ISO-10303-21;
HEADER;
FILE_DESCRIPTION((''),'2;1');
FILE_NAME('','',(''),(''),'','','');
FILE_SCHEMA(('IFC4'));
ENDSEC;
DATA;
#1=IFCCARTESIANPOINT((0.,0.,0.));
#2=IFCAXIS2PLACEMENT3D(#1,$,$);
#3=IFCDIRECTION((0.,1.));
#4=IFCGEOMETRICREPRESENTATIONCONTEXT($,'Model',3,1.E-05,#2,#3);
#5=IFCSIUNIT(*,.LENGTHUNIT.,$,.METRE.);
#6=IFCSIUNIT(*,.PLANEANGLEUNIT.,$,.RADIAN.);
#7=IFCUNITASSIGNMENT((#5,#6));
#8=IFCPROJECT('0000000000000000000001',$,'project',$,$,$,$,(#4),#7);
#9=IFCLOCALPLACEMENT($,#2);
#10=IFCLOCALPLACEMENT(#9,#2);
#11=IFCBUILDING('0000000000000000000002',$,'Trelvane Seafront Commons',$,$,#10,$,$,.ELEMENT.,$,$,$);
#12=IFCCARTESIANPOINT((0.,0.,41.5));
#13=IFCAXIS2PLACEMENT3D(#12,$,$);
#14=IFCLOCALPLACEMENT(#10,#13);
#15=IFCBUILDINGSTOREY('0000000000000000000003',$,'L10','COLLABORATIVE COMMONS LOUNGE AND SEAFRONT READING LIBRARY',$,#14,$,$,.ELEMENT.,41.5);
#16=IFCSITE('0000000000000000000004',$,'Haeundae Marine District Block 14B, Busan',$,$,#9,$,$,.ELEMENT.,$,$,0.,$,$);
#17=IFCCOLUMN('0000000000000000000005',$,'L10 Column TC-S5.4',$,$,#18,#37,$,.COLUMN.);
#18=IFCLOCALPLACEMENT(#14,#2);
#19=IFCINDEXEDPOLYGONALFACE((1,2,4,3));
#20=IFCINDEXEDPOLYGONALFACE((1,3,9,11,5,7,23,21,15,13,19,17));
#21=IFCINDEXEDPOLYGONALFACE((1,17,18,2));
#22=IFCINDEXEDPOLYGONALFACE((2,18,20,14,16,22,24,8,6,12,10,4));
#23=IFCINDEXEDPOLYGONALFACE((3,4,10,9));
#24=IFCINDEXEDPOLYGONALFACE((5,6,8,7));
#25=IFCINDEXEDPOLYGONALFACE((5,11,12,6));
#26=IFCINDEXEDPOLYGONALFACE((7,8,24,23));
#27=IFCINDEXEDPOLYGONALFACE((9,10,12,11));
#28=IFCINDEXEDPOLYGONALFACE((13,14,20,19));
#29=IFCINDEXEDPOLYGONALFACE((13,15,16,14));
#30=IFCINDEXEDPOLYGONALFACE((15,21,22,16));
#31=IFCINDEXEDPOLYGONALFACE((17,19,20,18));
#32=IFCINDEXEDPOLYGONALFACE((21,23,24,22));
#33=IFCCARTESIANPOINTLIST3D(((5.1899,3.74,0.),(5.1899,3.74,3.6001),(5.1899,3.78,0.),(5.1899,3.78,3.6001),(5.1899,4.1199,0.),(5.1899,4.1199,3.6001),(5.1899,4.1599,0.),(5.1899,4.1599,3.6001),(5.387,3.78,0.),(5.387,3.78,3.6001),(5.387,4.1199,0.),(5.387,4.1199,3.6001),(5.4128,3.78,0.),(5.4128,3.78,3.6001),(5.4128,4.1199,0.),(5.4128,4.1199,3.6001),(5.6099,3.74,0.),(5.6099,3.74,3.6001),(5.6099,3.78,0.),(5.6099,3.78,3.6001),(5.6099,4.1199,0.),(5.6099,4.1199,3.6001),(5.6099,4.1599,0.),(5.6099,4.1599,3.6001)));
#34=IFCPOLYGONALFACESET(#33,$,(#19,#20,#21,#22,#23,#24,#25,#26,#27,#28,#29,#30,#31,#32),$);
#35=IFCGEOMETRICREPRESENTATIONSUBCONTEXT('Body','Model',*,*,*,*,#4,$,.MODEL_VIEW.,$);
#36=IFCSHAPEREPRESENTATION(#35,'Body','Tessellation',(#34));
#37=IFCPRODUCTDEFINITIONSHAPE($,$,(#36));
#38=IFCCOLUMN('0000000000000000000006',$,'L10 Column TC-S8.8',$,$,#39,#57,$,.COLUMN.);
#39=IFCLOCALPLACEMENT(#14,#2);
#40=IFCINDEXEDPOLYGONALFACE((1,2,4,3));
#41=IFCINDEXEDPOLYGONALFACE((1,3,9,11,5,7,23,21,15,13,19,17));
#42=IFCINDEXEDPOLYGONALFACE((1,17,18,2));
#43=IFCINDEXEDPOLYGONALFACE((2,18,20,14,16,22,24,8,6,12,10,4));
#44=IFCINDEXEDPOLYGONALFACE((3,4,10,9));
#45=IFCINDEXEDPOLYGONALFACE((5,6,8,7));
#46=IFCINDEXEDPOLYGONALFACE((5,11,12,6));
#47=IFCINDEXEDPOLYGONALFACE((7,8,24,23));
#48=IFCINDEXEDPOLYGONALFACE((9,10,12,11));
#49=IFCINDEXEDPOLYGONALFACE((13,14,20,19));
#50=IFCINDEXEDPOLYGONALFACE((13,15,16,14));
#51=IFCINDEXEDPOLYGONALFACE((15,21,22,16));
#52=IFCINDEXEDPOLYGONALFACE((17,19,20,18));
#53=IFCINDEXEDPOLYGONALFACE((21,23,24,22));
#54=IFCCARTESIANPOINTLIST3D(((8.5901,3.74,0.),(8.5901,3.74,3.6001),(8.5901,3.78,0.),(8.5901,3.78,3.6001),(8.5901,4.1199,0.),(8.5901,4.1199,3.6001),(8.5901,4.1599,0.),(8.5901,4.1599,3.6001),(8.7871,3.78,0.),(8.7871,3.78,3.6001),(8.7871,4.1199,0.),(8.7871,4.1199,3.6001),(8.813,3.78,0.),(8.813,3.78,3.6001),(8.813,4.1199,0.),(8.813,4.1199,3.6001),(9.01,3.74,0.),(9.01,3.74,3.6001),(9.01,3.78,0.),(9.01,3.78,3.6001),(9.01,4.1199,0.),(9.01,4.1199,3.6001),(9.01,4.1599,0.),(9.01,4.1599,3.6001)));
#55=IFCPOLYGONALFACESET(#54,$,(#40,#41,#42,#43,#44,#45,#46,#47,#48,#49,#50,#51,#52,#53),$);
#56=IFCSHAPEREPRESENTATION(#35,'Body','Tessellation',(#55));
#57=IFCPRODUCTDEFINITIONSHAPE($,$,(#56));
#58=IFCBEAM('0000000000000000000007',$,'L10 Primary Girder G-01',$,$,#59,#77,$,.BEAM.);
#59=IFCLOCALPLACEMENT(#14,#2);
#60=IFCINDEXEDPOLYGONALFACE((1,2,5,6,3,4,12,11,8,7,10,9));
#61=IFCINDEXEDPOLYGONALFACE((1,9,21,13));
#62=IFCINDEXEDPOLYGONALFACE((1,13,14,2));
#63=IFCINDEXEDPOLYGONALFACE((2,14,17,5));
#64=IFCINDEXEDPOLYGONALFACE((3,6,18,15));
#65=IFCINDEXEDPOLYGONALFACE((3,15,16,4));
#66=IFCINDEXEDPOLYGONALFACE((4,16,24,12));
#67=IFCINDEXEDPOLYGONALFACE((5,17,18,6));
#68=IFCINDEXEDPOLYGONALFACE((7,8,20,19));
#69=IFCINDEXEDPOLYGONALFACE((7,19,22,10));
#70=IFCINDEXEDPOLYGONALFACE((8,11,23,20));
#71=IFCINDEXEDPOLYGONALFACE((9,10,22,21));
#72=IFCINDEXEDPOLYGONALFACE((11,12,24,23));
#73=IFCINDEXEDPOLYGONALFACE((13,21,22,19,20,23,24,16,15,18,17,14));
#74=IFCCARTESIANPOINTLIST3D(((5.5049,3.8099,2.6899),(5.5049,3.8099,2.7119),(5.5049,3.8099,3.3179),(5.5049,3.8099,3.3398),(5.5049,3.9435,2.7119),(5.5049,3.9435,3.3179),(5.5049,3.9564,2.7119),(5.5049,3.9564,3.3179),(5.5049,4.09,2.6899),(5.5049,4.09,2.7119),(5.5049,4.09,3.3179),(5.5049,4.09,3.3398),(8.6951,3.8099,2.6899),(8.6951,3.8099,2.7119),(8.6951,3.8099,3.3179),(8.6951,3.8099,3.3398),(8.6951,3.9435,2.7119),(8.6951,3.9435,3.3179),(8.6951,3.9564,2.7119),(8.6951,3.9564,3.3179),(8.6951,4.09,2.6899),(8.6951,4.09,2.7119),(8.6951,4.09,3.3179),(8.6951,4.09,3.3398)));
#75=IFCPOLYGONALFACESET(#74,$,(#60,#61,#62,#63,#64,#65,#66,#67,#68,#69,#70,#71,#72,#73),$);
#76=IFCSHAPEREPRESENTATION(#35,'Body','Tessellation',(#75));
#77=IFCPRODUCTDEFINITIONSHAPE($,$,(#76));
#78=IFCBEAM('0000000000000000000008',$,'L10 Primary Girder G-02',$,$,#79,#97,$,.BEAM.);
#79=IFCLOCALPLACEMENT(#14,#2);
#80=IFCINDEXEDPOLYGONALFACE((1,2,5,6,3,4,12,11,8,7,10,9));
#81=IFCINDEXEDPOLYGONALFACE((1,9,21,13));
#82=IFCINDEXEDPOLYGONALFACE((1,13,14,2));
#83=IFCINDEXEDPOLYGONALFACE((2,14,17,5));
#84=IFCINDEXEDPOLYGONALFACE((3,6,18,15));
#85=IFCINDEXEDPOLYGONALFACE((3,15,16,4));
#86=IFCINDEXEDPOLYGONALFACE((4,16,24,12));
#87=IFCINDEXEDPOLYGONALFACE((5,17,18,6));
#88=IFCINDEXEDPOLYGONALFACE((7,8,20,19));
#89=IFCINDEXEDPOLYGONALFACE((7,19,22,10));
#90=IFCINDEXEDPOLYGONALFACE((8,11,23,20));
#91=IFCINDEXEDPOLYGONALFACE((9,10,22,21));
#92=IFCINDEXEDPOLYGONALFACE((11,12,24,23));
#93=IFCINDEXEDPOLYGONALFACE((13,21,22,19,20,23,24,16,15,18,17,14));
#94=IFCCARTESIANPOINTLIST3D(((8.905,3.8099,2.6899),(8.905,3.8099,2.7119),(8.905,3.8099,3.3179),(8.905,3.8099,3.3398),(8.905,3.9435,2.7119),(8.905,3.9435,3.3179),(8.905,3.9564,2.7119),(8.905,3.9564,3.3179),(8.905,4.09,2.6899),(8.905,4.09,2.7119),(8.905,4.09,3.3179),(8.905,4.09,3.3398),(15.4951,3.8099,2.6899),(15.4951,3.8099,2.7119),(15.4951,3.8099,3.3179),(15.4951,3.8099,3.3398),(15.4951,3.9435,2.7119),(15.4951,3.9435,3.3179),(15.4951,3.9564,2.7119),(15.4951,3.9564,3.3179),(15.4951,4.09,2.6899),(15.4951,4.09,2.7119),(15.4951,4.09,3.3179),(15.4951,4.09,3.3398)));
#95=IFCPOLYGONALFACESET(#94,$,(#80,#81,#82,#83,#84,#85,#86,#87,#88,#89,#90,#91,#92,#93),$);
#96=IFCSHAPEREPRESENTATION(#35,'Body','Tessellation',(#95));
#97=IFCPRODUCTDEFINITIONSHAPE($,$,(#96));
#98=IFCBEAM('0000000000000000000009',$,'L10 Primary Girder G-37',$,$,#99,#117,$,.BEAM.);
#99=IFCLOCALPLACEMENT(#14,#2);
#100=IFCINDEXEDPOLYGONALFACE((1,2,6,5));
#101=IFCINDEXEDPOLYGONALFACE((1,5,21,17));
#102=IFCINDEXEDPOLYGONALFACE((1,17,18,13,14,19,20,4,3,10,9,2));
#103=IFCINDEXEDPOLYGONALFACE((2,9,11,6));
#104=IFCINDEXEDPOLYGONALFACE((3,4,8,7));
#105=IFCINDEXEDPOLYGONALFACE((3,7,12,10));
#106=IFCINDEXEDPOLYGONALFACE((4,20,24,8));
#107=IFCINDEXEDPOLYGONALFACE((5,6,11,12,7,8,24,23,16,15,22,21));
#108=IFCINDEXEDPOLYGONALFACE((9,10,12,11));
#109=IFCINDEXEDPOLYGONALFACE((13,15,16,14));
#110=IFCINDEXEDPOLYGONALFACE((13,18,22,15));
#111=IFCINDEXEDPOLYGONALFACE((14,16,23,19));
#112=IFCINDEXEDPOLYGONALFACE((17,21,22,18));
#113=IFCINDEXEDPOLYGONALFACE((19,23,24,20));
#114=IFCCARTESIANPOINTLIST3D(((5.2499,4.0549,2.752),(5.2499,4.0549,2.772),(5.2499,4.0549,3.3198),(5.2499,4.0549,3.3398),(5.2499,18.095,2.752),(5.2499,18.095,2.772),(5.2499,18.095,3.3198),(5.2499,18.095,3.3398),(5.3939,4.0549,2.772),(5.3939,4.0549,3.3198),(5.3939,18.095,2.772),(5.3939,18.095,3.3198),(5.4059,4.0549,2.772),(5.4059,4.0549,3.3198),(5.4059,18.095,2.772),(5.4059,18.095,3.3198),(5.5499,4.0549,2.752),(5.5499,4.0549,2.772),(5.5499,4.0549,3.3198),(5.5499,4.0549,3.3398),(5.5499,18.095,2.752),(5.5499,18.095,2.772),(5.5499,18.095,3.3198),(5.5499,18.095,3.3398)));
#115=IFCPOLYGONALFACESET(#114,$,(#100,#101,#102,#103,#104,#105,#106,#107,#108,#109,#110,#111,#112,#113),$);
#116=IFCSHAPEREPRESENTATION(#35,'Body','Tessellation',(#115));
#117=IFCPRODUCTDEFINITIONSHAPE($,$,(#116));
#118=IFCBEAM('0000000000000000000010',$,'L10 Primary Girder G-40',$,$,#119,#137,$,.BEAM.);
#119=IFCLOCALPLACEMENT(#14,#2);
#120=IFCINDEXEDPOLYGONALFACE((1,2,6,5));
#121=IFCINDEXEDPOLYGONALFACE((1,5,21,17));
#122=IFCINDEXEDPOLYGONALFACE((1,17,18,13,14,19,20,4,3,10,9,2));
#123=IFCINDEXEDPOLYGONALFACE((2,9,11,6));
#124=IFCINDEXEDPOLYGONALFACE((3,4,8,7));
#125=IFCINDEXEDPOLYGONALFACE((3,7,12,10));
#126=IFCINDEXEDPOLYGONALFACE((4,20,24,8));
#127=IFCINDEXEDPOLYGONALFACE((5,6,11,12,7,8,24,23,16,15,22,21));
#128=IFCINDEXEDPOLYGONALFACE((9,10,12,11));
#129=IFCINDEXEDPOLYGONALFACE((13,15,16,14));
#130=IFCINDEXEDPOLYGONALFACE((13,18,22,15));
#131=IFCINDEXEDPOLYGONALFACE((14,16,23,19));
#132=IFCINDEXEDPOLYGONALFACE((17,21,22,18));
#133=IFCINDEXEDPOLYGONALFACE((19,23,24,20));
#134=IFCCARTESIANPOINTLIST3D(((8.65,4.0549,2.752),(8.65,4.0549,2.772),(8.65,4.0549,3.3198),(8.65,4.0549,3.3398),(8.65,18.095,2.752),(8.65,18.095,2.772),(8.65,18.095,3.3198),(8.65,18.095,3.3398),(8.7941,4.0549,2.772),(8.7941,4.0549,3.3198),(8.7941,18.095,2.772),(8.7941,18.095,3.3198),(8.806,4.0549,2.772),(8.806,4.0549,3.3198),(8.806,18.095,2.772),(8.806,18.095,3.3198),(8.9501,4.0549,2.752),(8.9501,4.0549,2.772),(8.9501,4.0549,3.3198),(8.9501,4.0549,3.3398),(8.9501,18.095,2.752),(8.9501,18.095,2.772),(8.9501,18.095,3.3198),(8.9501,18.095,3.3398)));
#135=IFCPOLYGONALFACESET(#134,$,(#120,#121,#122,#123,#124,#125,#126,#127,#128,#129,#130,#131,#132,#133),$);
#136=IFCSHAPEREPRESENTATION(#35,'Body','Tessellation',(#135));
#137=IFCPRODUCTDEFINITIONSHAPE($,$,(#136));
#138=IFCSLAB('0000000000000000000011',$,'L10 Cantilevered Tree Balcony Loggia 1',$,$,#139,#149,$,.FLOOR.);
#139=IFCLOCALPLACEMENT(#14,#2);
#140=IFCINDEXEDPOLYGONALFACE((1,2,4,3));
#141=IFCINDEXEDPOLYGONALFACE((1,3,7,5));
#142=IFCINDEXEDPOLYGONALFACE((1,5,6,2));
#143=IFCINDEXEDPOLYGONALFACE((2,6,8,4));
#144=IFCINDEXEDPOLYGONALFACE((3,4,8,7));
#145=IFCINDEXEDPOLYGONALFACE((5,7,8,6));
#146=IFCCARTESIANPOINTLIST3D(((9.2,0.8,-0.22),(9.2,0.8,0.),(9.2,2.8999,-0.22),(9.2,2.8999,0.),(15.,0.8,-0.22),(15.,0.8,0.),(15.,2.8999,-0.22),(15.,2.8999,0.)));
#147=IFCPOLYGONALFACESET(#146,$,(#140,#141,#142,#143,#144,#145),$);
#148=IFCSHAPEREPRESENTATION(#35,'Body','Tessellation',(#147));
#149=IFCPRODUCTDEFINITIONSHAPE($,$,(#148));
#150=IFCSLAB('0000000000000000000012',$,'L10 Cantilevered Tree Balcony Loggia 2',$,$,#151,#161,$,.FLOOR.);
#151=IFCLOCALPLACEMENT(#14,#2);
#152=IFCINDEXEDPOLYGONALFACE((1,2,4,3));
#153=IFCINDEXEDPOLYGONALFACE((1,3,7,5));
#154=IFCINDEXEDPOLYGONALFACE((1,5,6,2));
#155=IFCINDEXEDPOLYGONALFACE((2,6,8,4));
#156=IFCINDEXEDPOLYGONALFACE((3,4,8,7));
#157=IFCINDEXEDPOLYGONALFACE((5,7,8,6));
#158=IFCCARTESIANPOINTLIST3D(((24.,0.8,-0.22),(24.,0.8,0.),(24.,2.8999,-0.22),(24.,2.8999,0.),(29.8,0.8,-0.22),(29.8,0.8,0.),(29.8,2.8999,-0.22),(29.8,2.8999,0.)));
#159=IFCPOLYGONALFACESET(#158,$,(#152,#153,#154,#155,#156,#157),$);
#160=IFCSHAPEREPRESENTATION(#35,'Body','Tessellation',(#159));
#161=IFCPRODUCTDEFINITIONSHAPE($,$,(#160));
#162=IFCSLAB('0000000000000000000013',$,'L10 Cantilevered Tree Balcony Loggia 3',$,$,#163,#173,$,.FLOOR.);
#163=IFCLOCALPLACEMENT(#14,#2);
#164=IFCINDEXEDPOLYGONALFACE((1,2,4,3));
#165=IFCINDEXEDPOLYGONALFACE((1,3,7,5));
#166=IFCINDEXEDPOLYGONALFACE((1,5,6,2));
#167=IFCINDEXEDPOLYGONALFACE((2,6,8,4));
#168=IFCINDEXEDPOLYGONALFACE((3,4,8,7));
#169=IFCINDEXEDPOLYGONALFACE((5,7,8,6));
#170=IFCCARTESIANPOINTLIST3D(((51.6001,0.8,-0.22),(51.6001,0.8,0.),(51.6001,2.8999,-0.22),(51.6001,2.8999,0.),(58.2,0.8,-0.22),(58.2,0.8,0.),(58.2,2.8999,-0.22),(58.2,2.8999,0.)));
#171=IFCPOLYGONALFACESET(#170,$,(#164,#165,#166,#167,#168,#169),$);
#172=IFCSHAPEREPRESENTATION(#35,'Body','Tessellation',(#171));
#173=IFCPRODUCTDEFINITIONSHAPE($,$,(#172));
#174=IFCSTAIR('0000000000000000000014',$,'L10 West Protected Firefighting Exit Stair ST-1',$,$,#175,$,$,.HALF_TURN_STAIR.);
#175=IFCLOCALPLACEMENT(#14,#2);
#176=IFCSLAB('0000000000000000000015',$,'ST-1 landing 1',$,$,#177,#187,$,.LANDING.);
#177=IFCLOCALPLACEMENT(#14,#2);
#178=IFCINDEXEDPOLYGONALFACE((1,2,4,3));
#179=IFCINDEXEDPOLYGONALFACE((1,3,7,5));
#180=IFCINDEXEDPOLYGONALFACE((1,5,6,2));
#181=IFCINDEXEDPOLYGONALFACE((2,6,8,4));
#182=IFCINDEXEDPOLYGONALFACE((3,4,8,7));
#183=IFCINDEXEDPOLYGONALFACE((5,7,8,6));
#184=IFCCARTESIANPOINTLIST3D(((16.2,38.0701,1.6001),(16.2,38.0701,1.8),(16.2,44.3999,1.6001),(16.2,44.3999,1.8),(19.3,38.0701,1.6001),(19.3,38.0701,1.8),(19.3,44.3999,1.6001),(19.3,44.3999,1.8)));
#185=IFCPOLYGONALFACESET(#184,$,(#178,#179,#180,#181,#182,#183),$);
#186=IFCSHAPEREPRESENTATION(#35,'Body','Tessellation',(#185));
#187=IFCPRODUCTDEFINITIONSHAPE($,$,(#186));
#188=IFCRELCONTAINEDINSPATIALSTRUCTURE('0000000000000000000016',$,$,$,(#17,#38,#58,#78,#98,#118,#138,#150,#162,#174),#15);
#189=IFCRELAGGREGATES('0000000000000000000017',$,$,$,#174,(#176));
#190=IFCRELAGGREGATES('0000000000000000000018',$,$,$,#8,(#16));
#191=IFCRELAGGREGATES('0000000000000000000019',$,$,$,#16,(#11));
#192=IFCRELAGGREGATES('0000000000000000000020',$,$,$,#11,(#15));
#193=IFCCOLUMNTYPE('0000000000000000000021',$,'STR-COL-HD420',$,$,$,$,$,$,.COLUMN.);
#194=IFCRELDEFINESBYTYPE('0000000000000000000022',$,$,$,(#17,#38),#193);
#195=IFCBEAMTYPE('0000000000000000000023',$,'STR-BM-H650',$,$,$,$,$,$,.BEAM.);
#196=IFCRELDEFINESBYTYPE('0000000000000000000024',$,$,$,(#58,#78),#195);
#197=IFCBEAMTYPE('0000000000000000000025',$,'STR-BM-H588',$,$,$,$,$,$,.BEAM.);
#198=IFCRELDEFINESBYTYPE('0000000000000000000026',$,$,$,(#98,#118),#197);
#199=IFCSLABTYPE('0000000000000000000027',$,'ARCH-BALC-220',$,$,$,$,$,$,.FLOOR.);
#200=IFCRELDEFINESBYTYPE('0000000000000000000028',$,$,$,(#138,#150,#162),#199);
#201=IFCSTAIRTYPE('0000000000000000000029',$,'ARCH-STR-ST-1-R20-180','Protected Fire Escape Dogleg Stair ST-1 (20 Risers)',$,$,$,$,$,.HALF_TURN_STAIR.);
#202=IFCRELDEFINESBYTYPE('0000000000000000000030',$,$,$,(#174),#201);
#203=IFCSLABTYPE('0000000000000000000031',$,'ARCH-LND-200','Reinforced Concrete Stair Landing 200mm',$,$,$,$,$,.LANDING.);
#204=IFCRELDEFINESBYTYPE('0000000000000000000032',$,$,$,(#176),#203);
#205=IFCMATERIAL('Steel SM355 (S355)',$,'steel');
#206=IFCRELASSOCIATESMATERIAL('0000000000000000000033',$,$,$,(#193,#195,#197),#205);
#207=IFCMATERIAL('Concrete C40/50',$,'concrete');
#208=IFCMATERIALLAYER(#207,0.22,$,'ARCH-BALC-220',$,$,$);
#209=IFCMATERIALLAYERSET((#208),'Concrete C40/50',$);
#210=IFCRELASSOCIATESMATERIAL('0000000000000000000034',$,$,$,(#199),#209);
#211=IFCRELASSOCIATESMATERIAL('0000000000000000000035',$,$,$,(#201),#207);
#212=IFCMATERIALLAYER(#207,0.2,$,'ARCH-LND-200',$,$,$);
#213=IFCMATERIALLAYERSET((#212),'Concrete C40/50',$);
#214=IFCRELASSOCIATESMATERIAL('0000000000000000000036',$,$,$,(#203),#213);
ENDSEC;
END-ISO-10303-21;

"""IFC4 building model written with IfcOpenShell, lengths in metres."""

from ifc_helpers import new_model, si_unit, direction, frame, origin, origin_2d, place, context, subcontext, project, spatial, polyline, i_section, outline, extrude, source, transform, mapped, material, layer, layer_set, material_profile, profile_set, type_object, element, aggregate, save


model = new_model("IFC4")

# Units and contexts
model_context = context("Model", 3, precision=1e-05, world=origin(), true_north=direction((0.0, 1.0)))
body_context = subcontext(model_context, "Body", "Model", "MODEL_VIEW")
ifc_project = project(units=[si_unit("LENGTHUNIT", "METRE"), si_unit("PLANEANGLEUNIT", "RADIAN")], contexts=[model_context])

# Site, building, storey
site_placement = place(None, origin())
site = spatial("IfcSite", under=ifc_project, at=site_placement, Name="Haeundae Marine District Block 14B, Busan", CompositionType="ELEMENT", RefElevation=0.0)
building_placement = place(site_placement, origin())
building = spatial("IfcBuilding", under=site, at=building_placement, Name="Trelvane Seafront Commons", CompositionType="ELEMENT")
storey_placement = place(building_placement, frame((0.0, 0.0, 41.5)))
storey = spatial("IfcBuildingStorey", under=building, at=storey_placement, Name="L10", Description="COLLABORATIVE COMMONS LOUNGE AND SEAFRONT READING LIBRARY", CompositionType="ELEMENT", Elevation=41.5)

# Columns
ifc_material_1 = material(Name="Steel SM355 (S355)", Category="steel")
ifc_material_profile_1 = material_profile(ifc_material_1, i_section(OverallWidth=0.4199, OverallDepth=0.4199, WebThickness=0.0259, FlangeThickness=0.04, at=origin_2d()), Name="HD-420x420x26x40")
ifc_profile_set_1 = profile_set([ifc_material_profile_1], Name="Steel SM355 (S355)")
column_type = type_object("IfcColumnType", Name="STR-COL-HD420", PredefinedType="COLUMN", material=ifc_profile_set_1)
shared_shape_1 = source(origin(), body_context, "Body", "SweptSolid", [
    extrude(i_section(OverallWidth=0.4199, OverallDepth=0.4199, WebThickness=0.0259, FlangeThickness=0.04, at=origin_2d()), origin(), (0.0, 0.0, 1.0), 3.6001),
])
for number, where, z_axis, x_axis, name in (
    (1, (5.3999, 3.95, 0.0), (0.0, 0.0, 1.0), (1.0, 0.0, 0.0), "L10 Column TC-S5.4"),
    (2, (8.8, 3.95, 0.0), (0.0, 0.0, 1.0), (1.0, 0.0, 0.0), "L10 Column TC-S8.8"),
):
    element("IfcColumn", number, at=place(storey_placement, frame(where, z_axis=z_axis, x_axis=x_axis)), inside=storey, type_object=column_type, Name=name, PredefinedType="COLUMN", context=body_context, shape_type="MappedRepresentation", body=[
        mapped(shared_shape_1, transform((0.0, 0.0, 0.0), x_axis=(1.0, 0.0, 0.0), y_axis=(0.0, 1.0, 0.0), z_axis=(0.0, 0.0, 1.0), scale=1.0)),
    ])

# Beams
ifc_material_profile_2 = material_profile(ifc_material_1, i_section(OverallWidth=0.28, OverallDepth=0.6499, WebThickness=0.0129, FlangeThickness=0.022, at=origin_2d()), Name="H-650x280x13x22")
ifc_profile_set_2 = profile_set([ifc_material_profile_2], Name="Steel SM355 (S355)")
beam_type_1 = type_object("IfcBeamType", Name="STR-BM-H650", PredefinedType="BEAM", material=ifc_profile_set_2)
shared_shape_2 = source(origin(), body_context, "Body", "SweptSolid", [
    extrude(i_section(OverallWidth=0.28, OverallDepth=0.6499, WebThickness=0.0129, FlangeThickness=0.022, at=origin_2d()), origin(), (0.0, 0.0, 1.0), 3.1902),
])
beam_1_placement = place(storey_placement, frame((5.5049, 3.95, 3.0149), z_axis=(1.0, 0.0, 0.0), x_axis=(0.0, 1.0, 0.0)))
element("IfcBeam", 3, at=beam_1_placement, inside=storey, type_object=beam_type_1, Name="L10 Primary Girder G-01", PredefinedType="BEAM", context=body_context, shape_type="MappedRepresentation", body=[
    mapped(shared_shape_2, transform((0.0, 0.0, 0.0), x_axis=(1.0, 0.0, 0.0), y_axis=(0.0, 1.0, 0.0), z_axis=(0.0, 0.0, 1.0), scale=1.0)),
])
shared_shape_3 = source(origin(), body_context, "Body", "SweptSolid", [
    extrude(i_section(OverallWidth=0.28, OverallDepth=0.6499, WebThickness=0.0129, FlangeThickness=0.022, at=origin_2d()), origin(), (0.0, 0.0, 1.0), 6.5901),
])
beam_2_placement = place(storey_placement, frame((8.905, 3.95, 3.0149), z_axis=(1.0, 0.0, 0.0), x_axis=(0.0, 1.0, 0.0)))
element("IfcBeam", 4, at=beam_2_placement, inside=storey, type_object=beam_type_1, Name="L10 Primary Girder G-02", PredefinedType="BEAM", context=body_context, shape_type="MappedRepresentation", body=[
    mapped(shared_shape_3, transform((0.0, 0.0, 0.0), x_axis=(1.0, 0.0, 0.0), y_axis=(0.0, 1.0, 0.0), z_axis=(0.0, 0.0, 1.0), scale=1.0)),
])
ifc_material_profile_3 = material_profile(ifc_material_1, i_section(OverallWidth=0.3, OverallDepth=0.5879, WebThickness=0.012, FlangeThickness=0.02, at=origin_2d()), Name="H-588x300x12x20")
ifc_profile_set_3 = profile_set([ifc_material_profile_3], Name="Steel SM355 (S355)")
beam_type_2 = type_object("IfcBeamType", Name="STR-BM-H588", PredefinedType="BEAM", material=ifc_profile_set_3)
shared_shape_4 = source(origin(), body_context, "Body", "SweptSolid", [
    extrude(i_section(OverallWidth=0.3, OverallDepth=0.5879, WebThickness=0.012, FlangeThickness=0.02, at=origin_2d()), origin(), (0.0, 0.0, 1.0), 14.04),
])
for number, where, z_axis, x_axis, name in (
    (5, (5.3999, 4.0549, 3.0459), (0.0, 1.0, 0.0), (-1.0, 0.0, 0.0), "L10 Primary Girder G-37"),
    (6, (8.8, 4.0549, 3.0459), (0.0, 1.0, 0.0), (-1.0, 0.0, 0.0), "L10 Primary Girder G-40"),
):
    element("IfcBeam", number, at=place(storey_placement, frame(where, z_axis=z_axis, x_axis=x_axis)), inside=storey, type_object=beam_type_2, Name=name, PredefinedType="BEAM", context=body_context, shape_type="MappedRepresentation", body=[
        mapped(shared_shape_4, transform((0.0, 0.0, 0.0), x_axis=(1.0, 0.0, 0.0), y_axis=(0.0, 1.0, 0.0), z_axis=(0.0, 0.0, 1.0), scale=1.0)),
    ])

# Slabs
ifc_material_2 = material(Name="Concrete C40/50", Category="concrete")
ifc_layer_1 = layer(ifc_material_2, 0.22, Name="ARCH-BALC-220")
ifc_layer_set_1 = layer_set([ifc_layer_1], Name="Concrete C40/50")
slab_type_1 = type_object("IfcSlabType", Name="ARCH-BALC-220", PredefinedType="FLOOR", material=ifc_layer_set_1)
slab_1_placement = place(storey_placement, frame((0.0, 0.0, -0.22)))
element("IfcSlab", 7, at=slab_1_placement, inside=storey, type_object=slab_type_1, Name="L10 Cantilevered Tree Balcony Loggia 1", PredefinedType="FLOOR", context=body_context, shape_type="SweptSolid", body=[
    extrude(outline(polyline([(9.2, 0.8), (15.0, 0.8), (15.0, 2.8999), (9.2, 2.8999), (9.2, 0.8)])), origin(), (0.0, 0.0, 1.0), 0.22),
])
slab_2_placement = place(storey_placement, frame((0.0, 0.0, -0.22)))
element("IfcSlab", 8, at=slab_2_placement, inside=storey, type_object=slab_type_1, Name="L10 Cantilevered Tree Balcony Loggia 2", PredefinedType="FLOOR", context=body_context, shape_type="SweptSolid", body=[
    extrude(outline(polyline([(24.0, 0.8), (29.8, 0.8), (29.8, 2.8999), (24.0, 2.8999), (24.0, 0.8)])), origin(), (0.0, 0.0, 1.0), 0.22),
])
slab_3_placement = place(storey_placement, frame((0.0, 0.0, -0.22)))
element("IfcSlab", 9, at=slab_3_placement, inside=storey, type_object=slab_type_1, Name="L10 Cantilevered Tree Balcony Loggia 3", PredefinedType="FLOOR", context=body_context, shape_type="SweptSolid", body=[
    extrude(outline(polyline([(51.6001, 0.8), (58.2, 0.8), (58.2, 2.8999), (51.6001, 2.8999), (51.6001, 0.8)])), origin(), (0.0, 0.0, 1.0), 0.22),
])

# Stair, slab
stair_type_1 = type_object("IfcStairType", Name="ARCH-STR-ST-1-R20-180", Description="Protected Fire Escape Dogleg Stair ST-1 (20 Risers)", PredefinedType="HALF_TURN_STAIR", material=ifc_material_2)
stair_1_placement = place(storey_placement, origin())
stair_1 = element("IfcStair", 10, at=stair_1_placement, inside=storey, type_object=stair_type_1, Name="L10 West Protected Firefighting Exit Stair ST-1", PredefinedType="HALF_TURN_STAIR")
ifc_layer_2 = layer(ifc_material_2, 0.2, Name="ARCH-LND-200")
ifc_layer_set_2 = layer_set([ifc_layer_2], Name="Concrete C40/50")
slab_type_2 = type_object("IfcSlabType", Name="ARCH-LND-200", Description="Reinforced Concrete Stair Landing 200mm", PredefinedType="LANDING", material=ifc_layer_set_2)
slab_4_placement = place(storey_placement, frame((0.0, 0.0, 1.6001)))
slab_4 = element("IfcSlab", 11, at=slab_4_placement, type_object=slab_type_2, Name="ST-1 landing 1", PredefinedType="LANDING", context=body_context, shape_type="SweptSolid", body=[
    extrude(outline(polyline([(19.3, 38.0701), (19.3, 44.3999), (16.2, 44.3999), (16.2, 38.0701), (19.3, 38.0701)])), origin(), (0.0, 0.0, 1.0), 0.2),
])
aggregate(stair_1, [slab_4])

save(model, "model.ifc")
